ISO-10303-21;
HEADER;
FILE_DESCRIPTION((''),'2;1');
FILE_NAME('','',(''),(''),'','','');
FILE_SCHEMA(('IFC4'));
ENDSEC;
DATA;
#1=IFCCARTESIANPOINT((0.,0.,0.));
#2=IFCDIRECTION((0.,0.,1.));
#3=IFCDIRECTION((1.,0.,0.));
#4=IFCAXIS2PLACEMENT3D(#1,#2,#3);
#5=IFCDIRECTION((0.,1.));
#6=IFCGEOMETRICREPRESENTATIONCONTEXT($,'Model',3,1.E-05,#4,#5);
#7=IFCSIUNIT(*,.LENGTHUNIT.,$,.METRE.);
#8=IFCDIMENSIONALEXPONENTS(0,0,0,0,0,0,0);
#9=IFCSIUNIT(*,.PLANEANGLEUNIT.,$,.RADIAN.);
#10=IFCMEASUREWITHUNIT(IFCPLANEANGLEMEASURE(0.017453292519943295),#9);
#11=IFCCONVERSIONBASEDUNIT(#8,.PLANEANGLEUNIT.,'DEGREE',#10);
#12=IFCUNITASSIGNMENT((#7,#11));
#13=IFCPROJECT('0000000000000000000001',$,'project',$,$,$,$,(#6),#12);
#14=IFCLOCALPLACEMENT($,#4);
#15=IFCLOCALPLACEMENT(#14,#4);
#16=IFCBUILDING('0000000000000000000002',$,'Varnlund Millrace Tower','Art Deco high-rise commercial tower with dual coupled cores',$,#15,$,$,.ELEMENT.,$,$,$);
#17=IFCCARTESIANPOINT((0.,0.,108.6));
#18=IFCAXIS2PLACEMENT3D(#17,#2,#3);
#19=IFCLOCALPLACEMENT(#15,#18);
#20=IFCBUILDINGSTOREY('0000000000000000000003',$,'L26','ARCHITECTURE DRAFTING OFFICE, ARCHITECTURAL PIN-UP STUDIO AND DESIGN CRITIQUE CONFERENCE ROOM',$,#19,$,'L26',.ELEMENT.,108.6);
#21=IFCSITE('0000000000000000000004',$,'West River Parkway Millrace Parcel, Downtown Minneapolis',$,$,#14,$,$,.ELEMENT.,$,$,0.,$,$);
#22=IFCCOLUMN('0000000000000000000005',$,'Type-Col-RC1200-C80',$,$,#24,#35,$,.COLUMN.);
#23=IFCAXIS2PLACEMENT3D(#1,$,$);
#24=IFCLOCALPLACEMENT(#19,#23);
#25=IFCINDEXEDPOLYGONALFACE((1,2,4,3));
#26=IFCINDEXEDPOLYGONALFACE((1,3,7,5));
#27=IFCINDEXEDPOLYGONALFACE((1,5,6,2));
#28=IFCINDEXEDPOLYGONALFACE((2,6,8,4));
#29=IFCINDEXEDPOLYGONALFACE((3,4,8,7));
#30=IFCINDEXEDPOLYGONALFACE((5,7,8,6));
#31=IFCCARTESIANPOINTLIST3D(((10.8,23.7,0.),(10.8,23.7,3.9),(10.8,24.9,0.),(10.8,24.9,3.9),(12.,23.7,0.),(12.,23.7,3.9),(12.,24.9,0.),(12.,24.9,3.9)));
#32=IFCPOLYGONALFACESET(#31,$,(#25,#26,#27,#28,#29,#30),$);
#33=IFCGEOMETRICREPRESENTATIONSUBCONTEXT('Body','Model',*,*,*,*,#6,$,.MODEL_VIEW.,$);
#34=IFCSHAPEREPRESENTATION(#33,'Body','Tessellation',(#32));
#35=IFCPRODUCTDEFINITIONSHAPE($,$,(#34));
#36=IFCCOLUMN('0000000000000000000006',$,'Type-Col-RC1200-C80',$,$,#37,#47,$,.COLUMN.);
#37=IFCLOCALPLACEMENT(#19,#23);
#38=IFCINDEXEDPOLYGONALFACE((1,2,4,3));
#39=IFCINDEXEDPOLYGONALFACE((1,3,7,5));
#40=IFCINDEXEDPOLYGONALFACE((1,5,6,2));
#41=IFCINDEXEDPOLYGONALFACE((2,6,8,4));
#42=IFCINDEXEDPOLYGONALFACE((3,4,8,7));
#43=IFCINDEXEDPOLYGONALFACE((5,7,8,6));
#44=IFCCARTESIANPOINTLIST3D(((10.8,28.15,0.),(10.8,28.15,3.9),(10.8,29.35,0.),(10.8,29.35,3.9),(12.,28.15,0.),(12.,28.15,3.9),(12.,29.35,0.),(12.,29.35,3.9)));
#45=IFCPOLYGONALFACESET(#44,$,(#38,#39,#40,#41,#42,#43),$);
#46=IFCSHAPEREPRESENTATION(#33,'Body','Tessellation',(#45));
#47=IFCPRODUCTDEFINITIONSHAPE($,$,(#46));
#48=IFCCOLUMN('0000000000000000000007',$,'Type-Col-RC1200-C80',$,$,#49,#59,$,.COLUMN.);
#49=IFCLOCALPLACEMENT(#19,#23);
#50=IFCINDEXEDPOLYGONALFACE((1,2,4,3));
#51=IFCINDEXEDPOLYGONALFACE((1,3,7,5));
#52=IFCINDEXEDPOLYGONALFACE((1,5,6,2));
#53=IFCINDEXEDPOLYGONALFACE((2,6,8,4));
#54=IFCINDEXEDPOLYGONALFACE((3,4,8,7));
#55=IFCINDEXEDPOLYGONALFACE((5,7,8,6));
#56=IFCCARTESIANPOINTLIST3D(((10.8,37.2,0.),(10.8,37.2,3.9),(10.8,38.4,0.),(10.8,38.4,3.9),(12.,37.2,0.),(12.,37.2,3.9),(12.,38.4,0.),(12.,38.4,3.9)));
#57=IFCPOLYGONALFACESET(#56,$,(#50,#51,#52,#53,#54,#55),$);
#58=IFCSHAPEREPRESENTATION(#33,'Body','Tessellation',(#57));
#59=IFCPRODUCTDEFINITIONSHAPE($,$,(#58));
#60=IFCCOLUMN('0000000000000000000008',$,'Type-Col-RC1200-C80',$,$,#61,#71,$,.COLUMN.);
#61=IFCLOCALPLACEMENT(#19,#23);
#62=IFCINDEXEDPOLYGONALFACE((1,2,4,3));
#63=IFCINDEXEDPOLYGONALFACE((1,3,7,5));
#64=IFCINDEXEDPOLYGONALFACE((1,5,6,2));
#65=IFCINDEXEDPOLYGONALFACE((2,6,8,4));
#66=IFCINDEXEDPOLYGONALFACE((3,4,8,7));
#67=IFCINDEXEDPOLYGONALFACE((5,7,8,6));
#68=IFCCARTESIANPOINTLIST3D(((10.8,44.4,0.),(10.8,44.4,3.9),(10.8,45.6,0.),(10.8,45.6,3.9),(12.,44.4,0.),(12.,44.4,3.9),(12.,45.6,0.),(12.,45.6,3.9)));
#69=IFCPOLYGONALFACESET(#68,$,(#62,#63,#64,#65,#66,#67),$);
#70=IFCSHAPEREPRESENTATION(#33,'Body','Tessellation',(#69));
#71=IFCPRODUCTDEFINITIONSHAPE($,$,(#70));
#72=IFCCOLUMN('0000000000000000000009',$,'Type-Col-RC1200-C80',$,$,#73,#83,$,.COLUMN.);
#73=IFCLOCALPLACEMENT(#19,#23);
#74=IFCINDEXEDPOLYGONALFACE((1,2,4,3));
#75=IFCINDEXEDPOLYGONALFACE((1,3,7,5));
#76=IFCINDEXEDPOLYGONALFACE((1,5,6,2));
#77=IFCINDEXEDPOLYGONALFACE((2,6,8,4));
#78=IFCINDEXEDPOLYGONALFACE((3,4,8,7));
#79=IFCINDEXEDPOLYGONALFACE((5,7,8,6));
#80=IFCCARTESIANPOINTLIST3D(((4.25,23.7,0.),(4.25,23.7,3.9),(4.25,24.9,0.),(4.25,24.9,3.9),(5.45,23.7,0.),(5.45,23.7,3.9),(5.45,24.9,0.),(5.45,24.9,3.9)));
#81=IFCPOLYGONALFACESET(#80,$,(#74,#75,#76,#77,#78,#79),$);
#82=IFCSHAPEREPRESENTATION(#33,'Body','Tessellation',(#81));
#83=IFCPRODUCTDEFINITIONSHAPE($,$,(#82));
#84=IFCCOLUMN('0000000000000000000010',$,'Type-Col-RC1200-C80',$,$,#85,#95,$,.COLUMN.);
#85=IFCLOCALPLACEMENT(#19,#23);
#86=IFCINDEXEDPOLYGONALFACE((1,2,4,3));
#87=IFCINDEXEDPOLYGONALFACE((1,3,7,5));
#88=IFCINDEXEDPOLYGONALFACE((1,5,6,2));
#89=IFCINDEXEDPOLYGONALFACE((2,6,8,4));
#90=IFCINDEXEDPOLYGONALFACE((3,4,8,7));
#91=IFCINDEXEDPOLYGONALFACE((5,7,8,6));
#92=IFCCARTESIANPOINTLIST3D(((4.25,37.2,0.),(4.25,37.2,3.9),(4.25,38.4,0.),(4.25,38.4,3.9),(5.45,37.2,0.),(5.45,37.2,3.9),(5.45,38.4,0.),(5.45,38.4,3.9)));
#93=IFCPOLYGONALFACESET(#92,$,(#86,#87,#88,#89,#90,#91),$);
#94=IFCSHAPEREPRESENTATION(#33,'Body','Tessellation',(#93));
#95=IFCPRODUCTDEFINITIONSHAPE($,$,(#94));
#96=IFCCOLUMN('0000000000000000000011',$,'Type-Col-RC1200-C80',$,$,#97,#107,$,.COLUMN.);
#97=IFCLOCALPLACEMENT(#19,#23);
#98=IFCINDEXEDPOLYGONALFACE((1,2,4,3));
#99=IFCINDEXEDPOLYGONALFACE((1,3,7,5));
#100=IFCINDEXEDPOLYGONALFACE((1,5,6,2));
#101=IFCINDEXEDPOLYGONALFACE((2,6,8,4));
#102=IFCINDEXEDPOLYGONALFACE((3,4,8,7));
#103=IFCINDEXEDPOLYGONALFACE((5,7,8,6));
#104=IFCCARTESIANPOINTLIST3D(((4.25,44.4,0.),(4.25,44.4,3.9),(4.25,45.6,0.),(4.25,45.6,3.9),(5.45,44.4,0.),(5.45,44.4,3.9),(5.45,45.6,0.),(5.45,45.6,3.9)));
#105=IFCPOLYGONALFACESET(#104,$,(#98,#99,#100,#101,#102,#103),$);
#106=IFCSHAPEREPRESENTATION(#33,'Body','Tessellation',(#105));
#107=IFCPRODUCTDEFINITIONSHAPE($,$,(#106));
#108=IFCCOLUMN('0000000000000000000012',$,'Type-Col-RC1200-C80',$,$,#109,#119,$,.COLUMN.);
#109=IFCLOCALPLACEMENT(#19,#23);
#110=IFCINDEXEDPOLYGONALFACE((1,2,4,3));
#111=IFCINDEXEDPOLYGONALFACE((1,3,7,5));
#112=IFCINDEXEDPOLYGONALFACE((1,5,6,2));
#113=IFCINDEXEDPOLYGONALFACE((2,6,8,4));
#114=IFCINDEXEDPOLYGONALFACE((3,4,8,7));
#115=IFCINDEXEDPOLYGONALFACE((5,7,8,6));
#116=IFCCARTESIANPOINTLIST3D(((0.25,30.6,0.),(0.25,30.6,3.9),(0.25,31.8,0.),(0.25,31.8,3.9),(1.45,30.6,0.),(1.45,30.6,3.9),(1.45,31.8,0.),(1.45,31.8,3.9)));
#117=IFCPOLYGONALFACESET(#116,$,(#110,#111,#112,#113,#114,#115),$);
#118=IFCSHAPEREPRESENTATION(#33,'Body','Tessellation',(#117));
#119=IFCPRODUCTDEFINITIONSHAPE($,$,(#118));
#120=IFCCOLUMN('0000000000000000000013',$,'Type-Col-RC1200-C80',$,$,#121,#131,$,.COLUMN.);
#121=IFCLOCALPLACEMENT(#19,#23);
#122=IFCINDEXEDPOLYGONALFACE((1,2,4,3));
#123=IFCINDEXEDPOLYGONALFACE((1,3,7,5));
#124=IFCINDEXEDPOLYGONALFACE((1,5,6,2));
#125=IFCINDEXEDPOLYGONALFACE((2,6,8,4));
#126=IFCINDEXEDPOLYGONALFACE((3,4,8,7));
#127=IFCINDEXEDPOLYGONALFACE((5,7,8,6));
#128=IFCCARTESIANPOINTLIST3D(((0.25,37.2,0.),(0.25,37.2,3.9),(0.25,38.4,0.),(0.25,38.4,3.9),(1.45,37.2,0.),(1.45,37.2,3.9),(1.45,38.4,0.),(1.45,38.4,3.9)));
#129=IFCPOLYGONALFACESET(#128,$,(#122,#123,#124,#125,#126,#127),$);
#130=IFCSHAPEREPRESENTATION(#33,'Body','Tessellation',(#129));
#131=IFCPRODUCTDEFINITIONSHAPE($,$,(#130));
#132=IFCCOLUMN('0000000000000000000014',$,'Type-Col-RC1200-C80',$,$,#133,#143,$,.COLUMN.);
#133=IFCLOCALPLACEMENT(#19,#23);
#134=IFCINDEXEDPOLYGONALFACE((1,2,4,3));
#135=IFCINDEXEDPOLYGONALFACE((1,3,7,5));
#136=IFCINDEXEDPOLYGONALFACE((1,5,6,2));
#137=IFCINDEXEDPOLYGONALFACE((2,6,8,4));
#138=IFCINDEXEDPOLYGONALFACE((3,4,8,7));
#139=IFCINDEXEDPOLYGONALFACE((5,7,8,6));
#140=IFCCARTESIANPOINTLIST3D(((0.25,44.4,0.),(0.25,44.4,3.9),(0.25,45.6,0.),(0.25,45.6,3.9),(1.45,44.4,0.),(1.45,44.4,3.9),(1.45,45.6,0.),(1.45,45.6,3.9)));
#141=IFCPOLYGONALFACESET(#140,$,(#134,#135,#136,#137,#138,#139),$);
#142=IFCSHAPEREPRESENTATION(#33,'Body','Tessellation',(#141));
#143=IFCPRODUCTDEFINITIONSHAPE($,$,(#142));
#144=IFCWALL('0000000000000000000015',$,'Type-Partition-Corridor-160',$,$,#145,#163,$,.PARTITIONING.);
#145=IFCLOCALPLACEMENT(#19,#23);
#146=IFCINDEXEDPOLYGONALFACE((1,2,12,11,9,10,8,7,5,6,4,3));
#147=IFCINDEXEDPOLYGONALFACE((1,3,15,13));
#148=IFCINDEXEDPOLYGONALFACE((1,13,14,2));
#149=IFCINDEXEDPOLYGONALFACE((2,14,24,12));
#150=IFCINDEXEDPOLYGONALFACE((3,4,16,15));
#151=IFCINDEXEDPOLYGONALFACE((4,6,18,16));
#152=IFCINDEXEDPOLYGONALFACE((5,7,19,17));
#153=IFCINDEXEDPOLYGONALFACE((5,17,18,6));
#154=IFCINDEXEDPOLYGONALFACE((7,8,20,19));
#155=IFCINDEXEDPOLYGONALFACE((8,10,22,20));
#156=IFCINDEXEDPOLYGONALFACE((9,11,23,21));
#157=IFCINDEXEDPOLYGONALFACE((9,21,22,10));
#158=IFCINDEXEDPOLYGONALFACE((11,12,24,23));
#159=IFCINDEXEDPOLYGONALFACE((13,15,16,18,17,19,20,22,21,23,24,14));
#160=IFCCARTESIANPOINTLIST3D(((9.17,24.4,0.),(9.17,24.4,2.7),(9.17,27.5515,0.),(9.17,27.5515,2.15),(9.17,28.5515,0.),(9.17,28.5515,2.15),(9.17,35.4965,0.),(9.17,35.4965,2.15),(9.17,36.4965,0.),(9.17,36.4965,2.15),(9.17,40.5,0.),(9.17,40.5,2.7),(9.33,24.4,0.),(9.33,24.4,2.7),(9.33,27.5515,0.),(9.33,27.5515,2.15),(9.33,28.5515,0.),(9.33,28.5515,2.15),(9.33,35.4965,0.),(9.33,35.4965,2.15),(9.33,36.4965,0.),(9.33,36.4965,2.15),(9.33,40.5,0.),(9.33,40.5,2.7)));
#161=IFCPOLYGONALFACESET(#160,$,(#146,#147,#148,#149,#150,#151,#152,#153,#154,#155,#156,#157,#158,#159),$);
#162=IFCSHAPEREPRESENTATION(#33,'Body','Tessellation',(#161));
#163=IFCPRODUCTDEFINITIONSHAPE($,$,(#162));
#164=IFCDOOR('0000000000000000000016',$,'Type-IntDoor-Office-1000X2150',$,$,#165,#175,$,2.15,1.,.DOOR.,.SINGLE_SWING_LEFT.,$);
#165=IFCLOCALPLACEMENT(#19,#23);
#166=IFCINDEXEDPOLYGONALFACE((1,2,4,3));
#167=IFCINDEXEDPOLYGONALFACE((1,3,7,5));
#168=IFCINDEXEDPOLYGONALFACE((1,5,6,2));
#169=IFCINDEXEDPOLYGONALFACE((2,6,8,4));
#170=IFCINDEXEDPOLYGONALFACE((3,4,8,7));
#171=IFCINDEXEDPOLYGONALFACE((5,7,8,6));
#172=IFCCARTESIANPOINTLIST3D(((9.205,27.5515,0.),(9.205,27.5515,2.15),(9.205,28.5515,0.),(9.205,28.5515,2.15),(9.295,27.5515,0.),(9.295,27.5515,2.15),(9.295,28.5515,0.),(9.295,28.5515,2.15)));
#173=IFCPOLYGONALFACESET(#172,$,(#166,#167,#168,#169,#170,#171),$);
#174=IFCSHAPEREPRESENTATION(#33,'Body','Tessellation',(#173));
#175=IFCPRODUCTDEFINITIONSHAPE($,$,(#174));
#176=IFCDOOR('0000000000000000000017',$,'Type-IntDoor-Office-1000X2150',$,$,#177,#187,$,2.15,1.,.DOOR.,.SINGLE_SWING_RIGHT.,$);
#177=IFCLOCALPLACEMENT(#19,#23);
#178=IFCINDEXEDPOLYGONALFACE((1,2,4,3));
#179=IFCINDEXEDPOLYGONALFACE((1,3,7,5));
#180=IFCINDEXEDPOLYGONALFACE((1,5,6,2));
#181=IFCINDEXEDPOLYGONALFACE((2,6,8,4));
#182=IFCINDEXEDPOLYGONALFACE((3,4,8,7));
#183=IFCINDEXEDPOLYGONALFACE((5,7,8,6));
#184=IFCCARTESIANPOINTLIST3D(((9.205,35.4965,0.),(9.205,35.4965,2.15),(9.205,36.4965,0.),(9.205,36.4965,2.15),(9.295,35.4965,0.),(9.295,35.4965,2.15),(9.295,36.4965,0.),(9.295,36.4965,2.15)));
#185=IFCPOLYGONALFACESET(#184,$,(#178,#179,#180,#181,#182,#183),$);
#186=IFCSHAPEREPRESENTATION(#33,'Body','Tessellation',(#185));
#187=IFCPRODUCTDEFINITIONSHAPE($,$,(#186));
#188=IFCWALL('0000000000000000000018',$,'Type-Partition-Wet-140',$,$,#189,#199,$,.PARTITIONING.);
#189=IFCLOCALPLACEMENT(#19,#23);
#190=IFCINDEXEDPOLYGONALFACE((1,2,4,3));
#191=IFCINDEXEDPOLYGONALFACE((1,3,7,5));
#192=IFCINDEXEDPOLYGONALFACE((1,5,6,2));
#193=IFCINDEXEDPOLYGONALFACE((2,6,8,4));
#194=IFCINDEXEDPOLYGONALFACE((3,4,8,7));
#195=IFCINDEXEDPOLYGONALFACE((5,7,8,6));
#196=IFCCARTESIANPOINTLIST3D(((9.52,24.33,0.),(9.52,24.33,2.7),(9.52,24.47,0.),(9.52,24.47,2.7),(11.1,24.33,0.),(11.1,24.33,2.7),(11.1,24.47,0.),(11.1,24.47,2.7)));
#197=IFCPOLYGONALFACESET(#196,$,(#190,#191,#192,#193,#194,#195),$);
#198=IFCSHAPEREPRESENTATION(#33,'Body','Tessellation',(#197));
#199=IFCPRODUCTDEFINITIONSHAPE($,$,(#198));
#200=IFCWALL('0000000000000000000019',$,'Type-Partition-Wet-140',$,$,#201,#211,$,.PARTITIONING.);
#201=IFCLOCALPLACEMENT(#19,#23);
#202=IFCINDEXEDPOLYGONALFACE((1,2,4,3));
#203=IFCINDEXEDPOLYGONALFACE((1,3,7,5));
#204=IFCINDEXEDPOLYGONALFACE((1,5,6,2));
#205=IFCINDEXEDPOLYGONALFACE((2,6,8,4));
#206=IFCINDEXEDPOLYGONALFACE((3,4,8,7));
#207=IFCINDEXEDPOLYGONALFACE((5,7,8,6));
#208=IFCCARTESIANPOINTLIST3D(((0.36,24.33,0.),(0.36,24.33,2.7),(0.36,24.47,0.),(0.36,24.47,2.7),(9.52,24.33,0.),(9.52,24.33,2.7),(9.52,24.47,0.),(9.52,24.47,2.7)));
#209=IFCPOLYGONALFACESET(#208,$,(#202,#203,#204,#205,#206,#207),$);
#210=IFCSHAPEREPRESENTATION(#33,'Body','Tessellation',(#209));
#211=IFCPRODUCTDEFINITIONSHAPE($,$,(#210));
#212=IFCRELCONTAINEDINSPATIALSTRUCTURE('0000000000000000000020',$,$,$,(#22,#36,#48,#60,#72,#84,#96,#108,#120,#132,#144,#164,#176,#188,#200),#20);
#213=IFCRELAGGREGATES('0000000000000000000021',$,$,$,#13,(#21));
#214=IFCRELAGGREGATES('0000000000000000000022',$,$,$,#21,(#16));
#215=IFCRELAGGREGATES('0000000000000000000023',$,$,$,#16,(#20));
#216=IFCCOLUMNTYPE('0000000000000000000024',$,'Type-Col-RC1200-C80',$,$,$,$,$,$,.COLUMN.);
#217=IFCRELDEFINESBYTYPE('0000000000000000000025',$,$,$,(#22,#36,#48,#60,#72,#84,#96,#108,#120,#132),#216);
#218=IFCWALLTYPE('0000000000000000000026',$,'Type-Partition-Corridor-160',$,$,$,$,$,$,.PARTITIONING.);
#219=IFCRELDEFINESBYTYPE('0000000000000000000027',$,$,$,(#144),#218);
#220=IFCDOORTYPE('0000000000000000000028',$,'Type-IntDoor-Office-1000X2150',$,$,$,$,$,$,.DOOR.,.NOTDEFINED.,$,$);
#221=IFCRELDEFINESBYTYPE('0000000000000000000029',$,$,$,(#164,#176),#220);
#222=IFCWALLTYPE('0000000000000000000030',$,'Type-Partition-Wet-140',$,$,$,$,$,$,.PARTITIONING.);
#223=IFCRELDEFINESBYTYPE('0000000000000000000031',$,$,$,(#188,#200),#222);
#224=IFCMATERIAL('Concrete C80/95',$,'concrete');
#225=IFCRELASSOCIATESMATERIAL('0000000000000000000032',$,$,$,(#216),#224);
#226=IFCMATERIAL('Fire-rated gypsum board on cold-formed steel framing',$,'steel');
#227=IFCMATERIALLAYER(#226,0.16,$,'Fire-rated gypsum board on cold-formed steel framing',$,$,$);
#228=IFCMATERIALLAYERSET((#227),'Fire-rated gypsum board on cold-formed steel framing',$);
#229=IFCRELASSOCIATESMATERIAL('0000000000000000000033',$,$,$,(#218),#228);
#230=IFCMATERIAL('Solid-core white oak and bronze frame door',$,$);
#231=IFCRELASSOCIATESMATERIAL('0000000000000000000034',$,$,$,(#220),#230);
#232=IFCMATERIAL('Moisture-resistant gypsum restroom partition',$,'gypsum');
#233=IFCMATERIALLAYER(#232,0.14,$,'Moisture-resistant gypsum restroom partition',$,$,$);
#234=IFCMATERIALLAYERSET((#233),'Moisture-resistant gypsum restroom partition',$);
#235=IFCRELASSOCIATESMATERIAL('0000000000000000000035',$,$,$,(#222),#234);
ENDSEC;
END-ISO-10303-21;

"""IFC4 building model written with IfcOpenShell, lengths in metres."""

from ifc_helpers import new_model, entity, si_unit, converted_unit, direction, frame, origin_with_axes, origin_2d_with_axis, place, context, subcontext, project, spatial, polyline, rectangle, outline, extrude, material, layer, layer_set, material_profile, profile_set, type_object, element, fill, save


model = new_model("IFC4")

# Units and contexts
model_context = context("Model", 3, precision=1e-05, world=origin_with_axes(), true_north=direction((0.0, 1.0)))
body_context = subcontext(model_context, "Body", "Model", "MODEL_VIEW")
ifc_project = project(units=[si_unit("LENGTHUNIT", "METRE"), converted_unit("PLANEANGLEUNIT", "DEGREE", entity("IfcPlaneAngleMeasure", 0.017453292519943295), si_unit("PLANEANGLEUNIT", "RADIAN"), dimensions=[0, 0, 0, 0, 0, 0, 0])], contexts=[model_context])

# Site, building, storey
site_placement = place(None, origin_with_axes())
site = spatial("IfcSite", under=ifc_project, at=site_placement, Name="West River Parkway Millrace Parcel, Downtown Minneapolis", CompositionType="ELEMENT", RefElevation=0.0)
building_placement = place(site_placement, origin_with_axes())
building = spatial("IfcBuilding", under=site, at=building_placement, Name="Varnlund Millrace Tower", Description="Art Deco high-rise commercial tower with dual coupled cores", CompositionType="ELEMENT")
storey_placement = place(building_placement, frame((0.0, 0.0, 108.6), z_axis=(0.0, 0.0, 1.0), x_axis=(1.0, 0.0, 0.0)))
storey = spatial("IfcBuildingStorey", under=building, at=storey_placement, Name="L26", Description="ARCHITECTURE DRAFTING OFFICE, ARCHITECTURAL PIN-UP STUDIO AND DESIGN CRITIQUE CONFERENCE ROOM", LongName="L26", CompositionType="ELEMENT", Elevation=108.6)

# Columns
ifc_material_1 = material(Name="Concrete C80/95", Category="concrete")
ifc_material_profile = material_profile(ifc_material_1, rectangle(XDim=1.2, YDim=1.2, at=origin_2d_with_axis()), Name="Concrete C80/95")
ifc_profile_set = profile_set([ifc_material_profile], Name="Concrete C80/95")
column_type = type_object("IfcColumnType", Name="Type-Col-RC1200-C80", PredefinedType="COLUMN", material=ifc_profile_set)
for number, where, z_axis, x_axis, name in (
    (1, (11.4, 24.3, 0.0), (0.0, 0.0, 1.0), (1.0, 0.0, 0.0), "Type-Col-RC1200-C80"),
    (2, (11.4, 28.75, 0.0), (0.0, 0.0, 1.0), (1.0, 0.0, 0.0), "Type-Col-RC1200-C80"),
    (3, (11.4, 37.8, 0.0), (0.0, 0.0, 1.0), (1.0, 0.0, 0.0), "Type-Col-RC1200-C80"),
    (4, (11.4, 45.0, 0.0), (0.0, 0.0, 1.0), (1.0, 0.0, 0.0), "Type-Col-RC1200-C80"),
    (5, (4.85, 24.3, 0.0), (0.0, 0.0, 1.0), (1.0, 0.0, 0.0), "Type-Col-RC1200-C80"),
    (6, (4.85, 37.8, 0.0), (0.0, 0.0, 1.0), (1.0, 0.0, 0.0), "Type-Col-RC1200-C80"),
    (7, (4.85, 45.0, 0.0), (0.0, 0.0, 1.0), (1.0, 0.0, 0.0), "Type-Col-RC1200-C80"),
    (8, (0.85, 31.2, 0.0), (0.0, 0.0, 1.0), (1.0, 0.0, 0.0), "Type-Col-RC1200-C80"),
    (9, (0.85, 37.8, 0.0), (0.0, 0.0, 1.0), (1.0, 0.0, 0.0), "Type-Col-RC1200-C80"),
    (10, (0.85, 45.0, 0.0), (0.0, 0.0, 1.0), (1.0, 0.0, 0.0), "Type-Col-RC1200-C80"),
):
    element("IfcColumn", number, at=place(storey_placement, frame(where, z_axis=z_axis, x_axis=x_axis)), inside=storey, type_object=column_type, Name=name, PredefinedType="COLUMN", context=body_context, shape_type="SweptSolid", body=[
        extrude(rectangle(XDim=1.2, YDim=1.2, at=origin_2d_with_axis()), origin_with_axes(), (0.0, 0.0, 1.0), 3.9),
    ])

# Wall, openings, doors
ifc_material_2 = material(Name="Fire-rated gypsum board on cold-formed steel framing", Category="steel")
ifc_layer_1 = layer(ifc_material_2, 0.16, Name="Fire-rated gypsum board on cold-formed steel framing")
ifc_layer_set_1 = layer_set([ifc_layer_1], Name="Fire-rated gypsum board on cold-formed steel framing")
wall_type_1 = type_object("IfcWallType", Name="Type-Partition-Corridor-160", PredefinedType="PARTITIONING", material=ifc_layer_set_1)
ifc_material_3 = material(Name="Solid-core white oak and bronze frame door")
door_type = type_object("IfcDoorType", Name="Type-IntDoor-Office-1000X2150", OperationType="NOTDEFINED", PredefinedType="DOOR", material=ifc_material_3)
wall_1_placement = place(storey_placement, frame((9.25, 24.4, 0.0), z_axis=(0.0, 0.0, 1.0), x_axis=(0.0, 1.0, 0.0)))
wall_1 = element("IfcWall", 11, at=wall_1_placement, inside=storey, type_object=wall_type_1, Name="Type-Partition-Corridor-160", PredefinedType="PARTITIONING", context=body_context, shape_type="SweptSolid", body=[
    extrude(outline(polyline([(0.0, -0.08), (16.1, -0.08), (16.1, 0.08), (0.0, 0.08), (0.0, -0.08)])), origin_with_axes(), (0.0, 0.0, 1.0), 2.7),
])
opening_1_placement = place(wall_1_placement, frame((3.6515, 0.0, 0.0), z_axis=(0.0, 0.0, 1.0), x_axis=(1.0, 0.0, 0.0)))
opening_1 = element("IfcOpeningElement", 12, at=opening_1_placement, cuts=wall_1, PredefinedType="OPENING", context=body_context, shape_type="SweptSolid", body=[
    extrude(rectangle(XDim=1.0, YDim=0.18, at=origin_2d_with_axis()), origin_with_axes(), (0.0, 0.0, 1.0), 2.15),
])
opening_2_placement = place(wall_1_placement, frame((11.5965, 0.0, 0.0), z_axis=(0.0, 0.0, 1.0), x_axis=(1.0, 0.0, 0.0)))
opening_2 = element("IfcOpeningElement", 13, at=opening_2_placement, cuts=wall_1, PredefinedType="OPENING", context=body_context, shape_type="SweptSolid", body=[
    extrude(rectangle(XDim=1.0, YDim=0.18, at=origin_2d_with_axis()), origin_with_axes(), (0.0, 0.0, 1.0), 2.15),
])
door_1_placement = place(wall_1_placement, frame((3.6515, 0.0, 0.0), z_axis=(0.0, 0.0, 1.0), x_axis=(1.0, 0.0, 0.0)))
door_1 = element("IfcDoor", 14, at=door_1_placement, inside=storey, type_object=door_type, Name="Type-IntDoor-Office-1000X2150", OperationType="SINGLE_SWING_LEFT", OverallHeight=2.15, OverallWidth=1.0, PredefinedType="DOOR", context=body_context, shape_type="SweptSolid", body=[
    extrude(rectangle(XDim=1.0, YDim=0.09, at=origin_2d_with_axis()), origin_with_axes(), (0.0, 0.0, 1.0), 2.15),
])
fill(opening_1, door_1)
door_2_placement = place(wall_1_placement, frame((11.5965, 0.0, 0.0), z_axis=(0.0, 0.0, 1.0), x_axis=(1.0, 0.0, 0.0)))
door_2 = element("IfcDoor", 15, at=door_2_placement, inside=storey, type_object=door_type, Name="Type-IntDoor-Office-1000X2150", OperationType="SINGLE_SWING_RIGHT", OverallHeight=2.15, OverallWidth=1.0, PredefinedType="DOOR", context=body_context, shape_type="SweptSolid", body=[
    extrude(rectangle(XDim=1.0, YDim=0.09, at=origin_2d_with_axis()), origin_with_axes(), (0.0, 0.0, 1.0), 2.15),
])
fill(opening_2, door_2)

# Walls
ifc_material_4 = material(Name="Moisture-resistant gypsum restroom partition", Category="gypsum")
ifc_layer_2 = layer(ifc_material_4, 0.14, Name="Moisture-resistant gypsum restroom partition")
ifc_layer_set_2 = layer_set([ifc_layer_2], Name="Moisture-resistant gypsum restroom partition")
wall_type_2 = type_object("IfcWallType", Name="Type-Partition-Wet-140", PredefinedType="PARTITIONING", material=ifc_layer_set_2)
wall_2_placement = place(storey_placement, frame((9.52, 24.4, 0.0), z_axis=(0.0, 0.0, 1.0), x_axis=(1.0, 0.0, 0.0)))
element("IfcWall", 16, at=wall_2_placement, inside=storey, type_object=wall_type_2, Name="Type-Partition-Wet-140", PredefinedType="PARTITIONING", context=body_context, shape_type="SweptSolid", body=[
    extrude(outline(polyline([(0.0, -0.07), (1.58, -0.07), (1.58, 0.07), (0.0, 0.07), (0.0, -0.07)])), origin_with_axes(), (0.0, 0.0, 1.0), 2.7),
])
wall_3_placement = place(storey_placement, frame((0.36, 24.4, 0.0), z_axis=(0.0, 0.0, 1.0), x_axis=(1.0, 0.0, 0.0)))
element("IfcWall", 17, at=wall_3_placement, inside=storey, type_object=wall_type_2, Name="Type-Partition-Wet-140", PredefinedType="PARTITIONING", context=body_context, shape_type="SweptSolid", body=[
    extrude(outline(polyline([(0.0, -0.07), (9.16, -0.07), (9.16, 0.07), (0.0, 0.07), (0.0, -0.07)])), origin_with_axes(), (0.0, 0.0, 1.0), 2.7),
])

save(model, "model.ifc")
